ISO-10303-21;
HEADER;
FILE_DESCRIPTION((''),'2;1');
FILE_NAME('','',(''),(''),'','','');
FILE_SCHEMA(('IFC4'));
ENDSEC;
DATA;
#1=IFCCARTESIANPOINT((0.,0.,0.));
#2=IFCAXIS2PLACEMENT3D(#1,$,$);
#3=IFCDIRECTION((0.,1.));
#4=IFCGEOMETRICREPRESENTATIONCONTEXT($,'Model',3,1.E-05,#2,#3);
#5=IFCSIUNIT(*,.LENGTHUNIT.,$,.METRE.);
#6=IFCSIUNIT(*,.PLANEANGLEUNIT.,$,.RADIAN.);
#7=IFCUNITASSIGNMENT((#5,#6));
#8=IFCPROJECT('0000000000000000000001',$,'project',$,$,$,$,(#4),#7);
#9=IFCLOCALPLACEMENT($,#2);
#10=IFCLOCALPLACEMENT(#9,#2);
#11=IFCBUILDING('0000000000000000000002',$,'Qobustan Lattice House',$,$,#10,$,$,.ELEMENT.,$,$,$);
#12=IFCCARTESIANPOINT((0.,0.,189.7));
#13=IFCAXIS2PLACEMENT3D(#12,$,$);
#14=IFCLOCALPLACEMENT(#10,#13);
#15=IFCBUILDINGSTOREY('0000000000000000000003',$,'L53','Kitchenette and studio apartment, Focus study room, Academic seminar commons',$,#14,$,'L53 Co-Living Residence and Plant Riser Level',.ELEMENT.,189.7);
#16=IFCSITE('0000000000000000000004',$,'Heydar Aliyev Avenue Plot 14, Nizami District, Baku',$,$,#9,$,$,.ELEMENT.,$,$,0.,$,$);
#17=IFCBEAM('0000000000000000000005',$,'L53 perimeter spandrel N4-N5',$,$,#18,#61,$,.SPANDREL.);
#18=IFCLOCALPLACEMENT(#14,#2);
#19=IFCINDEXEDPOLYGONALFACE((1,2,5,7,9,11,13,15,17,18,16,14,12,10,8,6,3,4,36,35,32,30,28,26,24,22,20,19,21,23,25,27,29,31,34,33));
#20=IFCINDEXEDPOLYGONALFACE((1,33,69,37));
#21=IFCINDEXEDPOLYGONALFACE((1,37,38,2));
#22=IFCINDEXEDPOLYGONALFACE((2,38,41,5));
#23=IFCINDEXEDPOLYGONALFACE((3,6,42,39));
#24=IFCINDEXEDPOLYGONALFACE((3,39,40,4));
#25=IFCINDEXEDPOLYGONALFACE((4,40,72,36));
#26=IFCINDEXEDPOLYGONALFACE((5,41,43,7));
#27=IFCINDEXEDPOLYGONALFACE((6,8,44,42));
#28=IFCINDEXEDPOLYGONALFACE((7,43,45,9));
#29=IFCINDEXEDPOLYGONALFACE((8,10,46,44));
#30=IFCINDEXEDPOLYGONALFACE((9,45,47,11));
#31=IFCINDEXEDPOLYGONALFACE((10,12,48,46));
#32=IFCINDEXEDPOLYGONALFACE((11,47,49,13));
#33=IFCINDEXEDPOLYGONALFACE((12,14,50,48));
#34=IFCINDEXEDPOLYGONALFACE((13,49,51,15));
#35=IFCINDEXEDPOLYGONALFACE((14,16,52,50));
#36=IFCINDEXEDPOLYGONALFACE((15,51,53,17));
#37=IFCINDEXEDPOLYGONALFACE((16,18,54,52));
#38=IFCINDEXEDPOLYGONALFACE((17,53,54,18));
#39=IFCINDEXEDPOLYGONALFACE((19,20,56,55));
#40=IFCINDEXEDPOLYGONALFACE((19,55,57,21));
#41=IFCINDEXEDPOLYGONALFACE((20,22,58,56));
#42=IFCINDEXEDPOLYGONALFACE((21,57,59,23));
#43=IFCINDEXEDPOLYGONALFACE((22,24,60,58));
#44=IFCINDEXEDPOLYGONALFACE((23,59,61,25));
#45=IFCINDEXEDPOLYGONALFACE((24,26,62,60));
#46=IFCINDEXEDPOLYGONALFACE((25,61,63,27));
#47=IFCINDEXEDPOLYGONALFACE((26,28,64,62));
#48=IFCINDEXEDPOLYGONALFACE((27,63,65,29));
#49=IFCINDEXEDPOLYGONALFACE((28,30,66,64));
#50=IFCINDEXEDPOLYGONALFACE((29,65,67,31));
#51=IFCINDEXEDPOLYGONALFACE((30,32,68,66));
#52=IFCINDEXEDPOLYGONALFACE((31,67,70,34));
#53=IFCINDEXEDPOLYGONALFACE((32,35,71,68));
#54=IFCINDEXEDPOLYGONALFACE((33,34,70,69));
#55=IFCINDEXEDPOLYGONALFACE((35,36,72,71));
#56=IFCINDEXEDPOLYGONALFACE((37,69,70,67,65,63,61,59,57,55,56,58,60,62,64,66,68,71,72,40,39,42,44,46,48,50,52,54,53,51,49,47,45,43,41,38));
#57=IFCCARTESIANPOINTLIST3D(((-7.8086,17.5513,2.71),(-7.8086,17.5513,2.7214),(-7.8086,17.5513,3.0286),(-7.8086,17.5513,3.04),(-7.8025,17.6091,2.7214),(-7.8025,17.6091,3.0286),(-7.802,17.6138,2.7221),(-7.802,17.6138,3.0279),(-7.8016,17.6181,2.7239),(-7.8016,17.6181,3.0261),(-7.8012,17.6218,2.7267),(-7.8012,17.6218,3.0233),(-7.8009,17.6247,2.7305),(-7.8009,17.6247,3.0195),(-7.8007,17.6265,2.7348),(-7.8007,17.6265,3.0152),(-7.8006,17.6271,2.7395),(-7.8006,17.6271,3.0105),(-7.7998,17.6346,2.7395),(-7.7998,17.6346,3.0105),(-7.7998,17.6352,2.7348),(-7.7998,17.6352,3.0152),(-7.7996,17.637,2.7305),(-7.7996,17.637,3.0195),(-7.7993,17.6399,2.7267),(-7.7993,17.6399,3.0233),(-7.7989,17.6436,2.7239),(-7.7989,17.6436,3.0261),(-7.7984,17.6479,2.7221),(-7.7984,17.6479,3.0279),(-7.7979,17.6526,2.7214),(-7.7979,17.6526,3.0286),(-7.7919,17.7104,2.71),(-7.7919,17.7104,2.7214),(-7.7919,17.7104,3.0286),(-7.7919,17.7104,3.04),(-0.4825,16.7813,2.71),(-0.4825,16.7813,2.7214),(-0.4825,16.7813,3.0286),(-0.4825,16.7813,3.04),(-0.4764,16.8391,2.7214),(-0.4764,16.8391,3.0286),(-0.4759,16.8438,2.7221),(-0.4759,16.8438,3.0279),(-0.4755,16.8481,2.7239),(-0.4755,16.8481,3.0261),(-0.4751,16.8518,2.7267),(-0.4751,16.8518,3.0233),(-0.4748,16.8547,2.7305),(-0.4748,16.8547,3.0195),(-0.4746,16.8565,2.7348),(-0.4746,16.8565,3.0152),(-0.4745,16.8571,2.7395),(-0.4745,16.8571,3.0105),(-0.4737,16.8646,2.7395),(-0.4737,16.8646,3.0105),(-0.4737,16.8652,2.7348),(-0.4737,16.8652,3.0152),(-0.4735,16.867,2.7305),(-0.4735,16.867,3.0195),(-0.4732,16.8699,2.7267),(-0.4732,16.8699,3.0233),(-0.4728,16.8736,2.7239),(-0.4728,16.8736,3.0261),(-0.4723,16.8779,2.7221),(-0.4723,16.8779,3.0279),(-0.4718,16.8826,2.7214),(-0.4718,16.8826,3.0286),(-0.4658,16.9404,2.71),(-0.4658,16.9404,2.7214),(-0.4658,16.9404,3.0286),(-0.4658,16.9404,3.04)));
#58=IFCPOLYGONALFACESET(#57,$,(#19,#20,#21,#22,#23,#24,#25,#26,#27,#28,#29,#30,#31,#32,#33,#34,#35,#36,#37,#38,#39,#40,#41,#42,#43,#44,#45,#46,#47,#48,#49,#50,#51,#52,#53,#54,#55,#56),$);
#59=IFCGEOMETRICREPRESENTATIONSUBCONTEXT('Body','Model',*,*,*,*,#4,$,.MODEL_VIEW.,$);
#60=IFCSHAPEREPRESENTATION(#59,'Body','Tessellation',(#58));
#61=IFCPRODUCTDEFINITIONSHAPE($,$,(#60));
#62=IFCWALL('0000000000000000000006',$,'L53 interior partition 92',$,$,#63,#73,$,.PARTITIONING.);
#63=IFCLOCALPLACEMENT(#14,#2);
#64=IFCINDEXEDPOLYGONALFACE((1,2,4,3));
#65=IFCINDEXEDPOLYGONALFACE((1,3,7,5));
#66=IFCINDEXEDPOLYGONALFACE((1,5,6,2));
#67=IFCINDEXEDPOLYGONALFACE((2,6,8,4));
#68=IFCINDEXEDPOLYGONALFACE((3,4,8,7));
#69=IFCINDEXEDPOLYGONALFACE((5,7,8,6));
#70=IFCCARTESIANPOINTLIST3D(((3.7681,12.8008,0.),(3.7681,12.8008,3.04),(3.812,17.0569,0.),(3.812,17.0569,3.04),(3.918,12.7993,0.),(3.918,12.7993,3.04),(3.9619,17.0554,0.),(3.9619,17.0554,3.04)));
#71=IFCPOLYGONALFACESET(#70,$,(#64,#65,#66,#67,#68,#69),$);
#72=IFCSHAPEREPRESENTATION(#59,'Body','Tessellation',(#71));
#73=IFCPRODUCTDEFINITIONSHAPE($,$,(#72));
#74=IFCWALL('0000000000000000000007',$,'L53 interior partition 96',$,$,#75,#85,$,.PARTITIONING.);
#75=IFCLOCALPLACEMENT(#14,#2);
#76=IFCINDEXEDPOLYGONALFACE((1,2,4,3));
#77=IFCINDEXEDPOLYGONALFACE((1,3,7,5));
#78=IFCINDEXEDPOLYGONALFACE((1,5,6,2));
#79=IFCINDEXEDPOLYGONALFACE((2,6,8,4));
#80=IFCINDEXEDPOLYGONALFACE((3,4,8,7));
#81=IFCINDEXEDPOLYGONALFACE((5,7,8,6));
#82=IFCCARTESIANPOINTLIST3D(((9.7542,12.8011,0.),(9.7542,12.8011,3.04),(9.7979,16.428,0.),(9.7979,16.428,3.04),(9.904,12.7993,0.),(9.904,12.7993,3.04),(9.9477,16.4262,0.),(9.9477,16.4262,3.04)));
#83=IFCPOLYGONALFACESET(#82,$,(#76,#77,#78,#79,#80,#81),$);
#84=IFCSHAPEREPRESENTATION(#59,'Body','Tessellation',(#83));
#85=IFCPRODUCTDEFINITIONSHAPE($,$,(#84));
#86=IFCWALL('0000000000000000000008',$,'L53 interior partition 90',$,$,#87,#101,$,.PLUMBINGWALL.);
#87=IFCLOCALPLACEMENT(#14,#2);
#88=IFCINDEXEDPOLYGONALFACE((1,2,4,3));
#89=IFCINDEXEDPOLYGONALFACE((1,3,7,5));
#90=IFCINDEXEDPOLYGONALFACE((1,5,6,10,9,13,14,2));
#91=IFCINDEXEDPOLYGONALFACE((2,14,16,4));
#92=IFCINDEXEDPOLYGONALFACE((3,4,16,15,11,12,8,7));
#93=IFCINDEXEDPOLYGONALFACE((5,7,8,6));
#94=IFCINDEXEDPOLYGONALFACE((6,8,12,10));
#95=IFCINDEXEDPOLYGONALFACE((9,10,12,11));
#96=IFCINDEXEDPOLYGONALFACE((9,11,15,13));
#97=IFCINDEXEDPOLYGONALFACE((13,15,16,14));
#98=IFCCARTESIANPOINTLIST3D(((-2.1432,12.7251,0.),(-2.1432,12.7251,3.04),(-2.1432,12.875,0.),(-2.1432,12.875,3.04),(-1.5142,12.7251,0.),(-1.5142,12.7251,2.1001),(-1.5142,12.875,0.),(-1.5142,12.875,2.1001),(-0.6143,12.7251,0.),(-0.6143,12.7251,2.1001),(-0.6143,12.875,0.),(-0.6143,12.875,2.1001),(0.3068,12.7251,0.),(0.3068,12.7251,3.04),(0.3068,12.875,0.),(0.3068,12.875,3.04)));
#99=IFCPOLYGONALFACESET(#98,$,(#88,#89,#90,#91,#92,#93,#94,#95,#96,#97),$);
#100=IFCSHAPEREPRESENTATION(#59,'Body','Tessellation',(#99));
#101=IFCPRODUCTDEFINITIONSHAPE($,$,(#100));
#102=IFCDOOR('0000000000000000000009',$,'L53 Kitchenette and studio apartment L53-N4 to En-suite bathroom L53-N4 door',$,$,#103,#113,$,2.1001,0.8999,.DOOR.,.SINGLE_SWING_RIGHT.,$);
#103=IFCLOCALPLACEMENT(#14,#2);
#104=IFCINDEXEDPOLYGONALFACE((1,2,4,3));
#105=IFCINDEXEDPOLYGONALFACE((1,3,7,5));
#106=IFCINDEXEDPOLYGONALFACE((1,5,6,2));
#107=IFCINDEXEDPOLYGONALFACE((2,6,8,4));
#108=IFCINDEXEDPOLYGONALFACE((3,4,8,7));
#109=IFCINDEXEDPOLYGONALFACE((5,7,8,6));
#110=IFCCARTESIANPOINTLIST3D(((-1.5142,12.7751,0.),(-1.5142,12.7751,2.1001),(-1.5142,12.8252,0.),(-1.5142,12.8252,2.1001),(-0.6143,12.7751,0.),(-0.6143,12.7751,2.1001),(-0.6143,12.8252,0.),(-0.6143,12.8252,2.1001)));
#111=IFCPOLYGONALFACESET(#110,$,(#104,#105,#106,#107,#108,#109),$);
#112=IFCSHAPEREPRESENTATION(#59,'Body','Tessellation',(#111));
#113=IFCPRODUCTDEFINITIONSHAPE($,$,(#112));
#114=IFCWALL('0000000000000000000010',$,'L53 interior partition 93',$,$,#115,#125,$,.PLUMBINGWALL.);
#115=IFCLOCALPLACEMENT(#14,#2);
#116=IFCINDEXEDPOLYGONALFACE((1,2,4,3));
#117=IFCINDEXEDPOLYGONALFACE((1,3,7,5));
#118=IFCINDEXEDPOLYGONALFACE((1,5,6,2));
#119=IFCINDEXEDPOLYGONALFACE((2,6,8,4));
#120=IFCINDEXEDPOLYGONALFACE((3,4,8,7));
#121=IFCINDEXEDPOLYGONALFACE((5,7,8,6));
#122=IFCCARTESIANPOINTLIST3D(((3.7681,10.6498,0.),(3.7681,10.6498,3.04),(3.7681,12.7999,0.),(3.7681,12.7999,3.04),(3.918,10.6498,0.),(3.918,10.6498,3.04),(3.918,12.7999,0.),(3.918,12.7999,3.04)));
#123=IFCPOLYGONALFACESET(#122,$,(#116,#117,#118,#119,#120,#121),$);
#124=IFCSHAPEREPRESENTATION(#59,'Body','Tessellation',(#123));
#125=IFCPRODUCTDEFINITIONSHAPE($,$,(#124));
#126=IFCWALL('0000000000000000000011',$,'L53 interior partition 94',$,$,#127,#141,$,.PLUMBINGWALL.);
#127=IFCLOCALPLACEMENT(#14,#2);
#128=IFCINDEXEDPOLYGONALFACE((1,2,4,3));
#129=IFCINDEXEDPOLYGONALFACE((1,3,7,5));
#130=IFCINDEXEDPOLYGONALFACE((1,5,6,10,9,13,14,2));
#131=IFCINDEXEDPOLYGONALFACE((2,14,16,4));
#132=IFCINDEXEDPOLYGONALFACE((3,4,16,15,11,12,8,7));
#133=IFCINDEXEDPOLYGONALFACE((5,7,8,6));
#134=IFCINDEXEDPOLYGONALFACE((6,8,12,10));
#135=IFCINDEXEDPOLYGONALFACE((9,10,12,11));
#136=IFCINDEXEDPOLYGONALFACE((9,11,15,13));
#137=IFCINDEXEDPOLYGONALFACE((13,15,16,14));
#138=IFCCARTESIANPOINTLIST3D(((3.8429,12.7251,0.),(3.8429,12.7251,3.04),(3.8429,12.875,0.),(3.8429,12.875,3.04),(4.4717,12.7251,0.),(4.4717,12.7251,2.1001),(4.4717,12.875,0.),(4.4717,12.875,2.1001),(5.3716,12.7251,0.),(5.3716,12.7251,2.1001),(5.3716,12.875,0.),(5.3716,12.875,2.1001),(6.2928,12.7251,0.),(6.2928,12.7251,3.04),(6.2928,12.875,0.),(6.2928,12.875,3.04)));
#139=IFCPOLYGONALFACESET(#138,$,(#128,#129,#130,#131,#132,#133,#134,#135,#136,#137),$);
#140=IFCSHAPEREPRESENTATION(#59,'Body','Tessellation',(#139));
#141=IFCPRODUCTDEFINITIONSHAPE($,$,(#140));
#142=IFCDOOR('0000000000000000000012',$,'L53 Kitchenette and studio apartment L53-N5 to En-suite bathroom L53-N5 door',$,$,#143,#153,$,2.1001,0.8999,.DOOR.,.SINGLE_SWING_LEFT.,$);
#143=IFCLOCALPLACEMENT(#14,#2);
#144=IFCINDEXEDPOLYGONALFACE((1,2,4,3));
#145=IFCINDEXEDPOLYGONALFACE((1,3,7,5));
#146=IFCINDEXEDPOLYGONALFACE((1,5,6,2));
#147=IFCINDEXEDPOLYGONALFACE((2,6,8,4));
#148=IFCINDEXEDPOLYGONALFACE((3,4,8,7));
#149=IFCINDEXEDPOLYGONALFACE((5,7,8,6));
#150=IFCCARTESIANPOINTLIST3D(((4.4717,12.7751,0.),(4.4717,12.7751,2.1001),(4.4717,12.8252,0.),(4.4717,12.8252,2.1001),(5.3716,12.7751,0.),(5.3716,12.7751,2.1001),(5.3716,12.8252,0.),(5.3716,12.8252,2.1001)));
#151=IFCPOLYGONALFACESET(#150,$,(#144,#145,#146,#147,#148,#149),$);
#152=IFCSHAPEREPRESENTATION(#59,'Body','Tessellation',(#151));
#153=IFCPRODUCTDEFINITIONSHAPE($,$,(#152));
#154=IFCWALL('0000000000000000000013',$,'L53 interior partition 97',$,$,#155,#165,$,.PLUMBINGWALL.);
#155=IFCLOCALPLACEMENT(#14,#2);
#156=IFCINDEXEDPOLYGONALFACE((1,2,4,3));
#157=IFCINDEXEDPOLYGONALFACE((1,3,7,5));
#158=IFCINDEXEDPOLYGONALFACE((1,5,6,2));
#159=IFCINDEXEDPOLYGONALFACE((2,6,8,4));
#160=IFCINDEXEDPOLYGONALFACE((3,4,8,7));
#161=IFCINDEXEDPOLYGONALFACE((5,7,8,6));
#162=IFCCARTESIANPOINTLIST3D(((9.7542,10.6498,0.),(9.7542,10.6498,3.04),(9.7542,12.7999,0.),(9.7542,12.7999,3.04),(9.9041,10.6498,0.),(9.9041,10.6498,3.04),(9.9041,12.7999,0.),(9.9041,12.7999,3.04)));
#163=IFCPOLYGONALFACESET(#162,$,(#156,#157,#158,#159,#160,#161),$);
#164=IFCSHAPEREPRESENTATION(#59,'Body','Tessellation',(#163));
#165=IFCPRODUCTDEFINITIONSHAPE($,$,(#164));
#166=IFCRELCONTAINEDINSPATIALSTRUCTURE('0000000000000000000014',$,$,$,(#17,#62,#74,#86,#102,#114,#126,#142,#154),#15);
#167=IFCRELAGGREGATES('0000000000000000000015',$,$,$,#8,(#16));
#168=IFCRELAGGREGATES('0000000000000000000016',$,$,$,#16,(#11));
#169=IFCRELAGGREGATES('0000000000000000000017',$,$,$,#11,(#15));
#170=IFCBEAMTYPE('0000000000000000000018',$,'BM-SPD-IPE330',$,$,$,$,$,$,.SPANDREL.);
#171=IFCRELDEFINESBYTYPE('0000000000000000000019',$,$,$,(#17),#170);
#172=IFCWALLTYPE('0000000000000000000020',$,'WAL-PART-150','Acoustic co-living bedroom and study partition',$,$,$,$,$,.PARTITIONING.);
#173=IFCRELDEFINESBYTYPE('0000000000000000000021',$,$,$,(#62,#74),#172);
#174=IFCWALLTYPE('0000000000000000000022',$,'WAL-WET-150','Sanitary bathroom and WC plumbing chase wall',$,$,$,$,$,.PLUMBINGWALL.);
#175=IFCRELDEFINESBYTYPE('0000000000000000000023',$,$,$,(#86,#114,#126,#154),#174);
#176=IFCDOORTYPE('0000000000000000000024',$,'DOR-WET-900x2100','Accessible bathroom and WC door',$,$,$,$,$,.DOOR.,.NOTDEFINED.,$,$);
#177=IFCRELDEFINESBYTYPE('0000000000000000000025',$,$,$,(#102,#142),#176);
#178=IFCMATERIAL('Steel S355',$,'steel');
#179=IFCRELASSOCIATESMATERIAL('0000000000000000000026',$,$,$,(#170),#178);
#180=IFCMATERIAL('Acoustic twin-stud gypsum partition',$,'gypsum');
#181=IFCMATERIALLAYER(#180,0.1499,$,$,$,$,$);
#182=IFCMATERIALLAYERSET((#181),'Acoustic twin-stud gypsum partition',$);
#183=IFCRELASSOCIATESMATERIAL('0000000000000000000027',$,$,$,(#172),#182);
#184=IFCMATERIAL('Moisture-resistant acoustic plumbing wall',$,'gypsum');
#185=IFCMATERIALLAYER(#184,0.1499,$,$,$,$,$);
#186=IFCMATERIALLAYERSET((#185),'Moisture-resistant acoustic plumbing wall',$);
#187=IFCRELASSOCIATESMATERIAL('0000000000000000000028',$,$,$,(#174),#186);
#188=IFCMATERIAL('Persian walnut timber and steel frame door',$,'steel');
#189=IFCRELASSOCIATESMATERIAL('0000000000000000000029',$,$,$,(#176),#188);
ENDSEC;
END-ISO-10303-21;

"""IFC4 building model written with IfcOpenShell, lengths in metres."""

from ifc_helpers import new_model, si_unit, direction, frame, frame_2d, origin, origin_2d, place, context, subcontext, project, spatial, rectangle, i_section, extrude, material, layer, layer_set, material_profile, profile_set, type_object, element, fill, save


model = new_model("IFC4")

# Units and contexts
model_context = context("Model", 3, precision=1e-05, world=origin(), true_north=direction((0.0, 1.0)))
body_context = subcontext(model_context, "Body", "Model", "MODEL_VIEW")
ifc_project = project(units=[si_unit("LENGTHUNIT", "METRE"), si_unit("PLANEANGLEUNIT", "RADIAN")], contexts=[model_context])

# Site, building, storey
site_placement = place(None, origin())
site = spatial("IfcSite", under=ifc_project, at=site_placement, Name="Heydar Aliyev Avenue Plot 14, Nizami District, Baku", CompositionType="ELEMENT", RefElevation=0.0)
building_placement = place(site_placement, origin())
building = spatial("IfcBuilding", under=site, at=building_placement, Name="Qobustan Lattice House", CompositionType="ELEMENT")
storey_placement = place(building_placement, frame((0.0, 0.0, 189.7)))
storey = spatial("IfcBuildingStorey", under=building, at=storey_placement, Name="L53", Description="Kitchenette and studio apartment, Focus study room, Academic seminar commons", LongName="L53 Co-Living Residence and Plant Riser Level", CompositionType="ELEMENT", Elevation=189.7)

# Beam
ifc_material_1 = material(Name="Steel S355", Category="steel")
ifc_material_profile_1 = material_profile(ifc_material_1, i_section(OverallWidth=0.1599, OverallDepth=0.3301, WebThickness=0.0076, FlangeThickness=0.0115, FilletRadius=0.0181, at=origin_2d()), Name="IPE330")
ifc_profile_set_1 = profile_set([ifc_material_profile_1], Name="Steel S355")
beam_type_1 = type_object("IfcBeamType", Name="BM-SPD-IPE330", PredefinedType="SPANDREL", material=ifc_profile_set_1)
beam_1_placement = place(storey_placement, frame((-0.4741, 16.8608, 2.875), z_axis=(-0.994522, 0.10453, 0.0), x_axis=(-0.10453, -0.994522, 0.0)))
element("IfcBeam", 1, at=beam_1_placement, inside=storey, type_object=beam_type_1, Name="L53 perimeter spandrel N4-N5", PredefinedType="SPANDREL", context=body_context, shape_type="SweptSolid", body=[
    extrude(i_section(OverallWidth=0.1599, OverallDepth=0.3301, WebThickness=0.0076, FlangeThickness=0.0115, FilletRadius=0.0181, at=origin_2d()), origin(), (0.0, 0.0, 1.0), 7.3665),
])

# Walls
ifc_material_2 = material(Name="Acoustic twin-stud gypsum partition", Category="gypsum")
ifc_layer_1 = layer(ifc_material_2, 0.1499)
ifc_layer_set_1 = layer_set([ifc_layer_1], Name="Acoustic twin-stud gypsum partition")
wall_type_1 = type_object("IfcWallType", Name="WAL-PART-150", Description="Acoustic co-living bedroom and study partition", PredefinedType="PARTITIONING", material=ifc_layer_set_1)
wall_1_placement = place(storey_placement, frame((3.887, 17.0562, 0.0), z_axis=(0.0, 0.0, 1.0), x_axis=(-0.010325, -0.999947, 0.0)))
element("IfcWall", 2, at=wall_1_placement, inside=storey, type_object=wall_type_1, Name="L53 interior partition 92", PredefinedType="PARTITIONING", context=body_context, shape_type="SweptSolid", body=[
    extrude(rectangle(XDim=4.2563, YDim=0.1499, at=frame_2d((2.1282, 0.0))), origin(), (0.0, 0.0, 1.0), 3.04),
])
wall_2_placement = place(storey_placement, frame((9.8728, 16.427, 0.0), z_axis=(0.0, 0.0, 1.0), x_axis=(-0.012048, -0.999927, 0.0)))
element("IfcWall", 3, at=wall_2_placement, inside=storey, type_object=wall_type_1, Name="L53 interior partition 96", PredefinedType="PARTITIONING", context=body_context, shape_type="SweptSolid", body=[
    extrude(rectangle(XDim=3.6272, YDim=0.1499, at=frame_2d((1.8135, 0.0))), origin(), (0.0, 0.0, 1.0), 3.04),
])

# Wall, opening, door
ifc_material_3 = material(Name="Moisture-resistant acoustic plumbing wall", Category="gypsum")
ifc_layer_2 = layer(ifc_material_3, 0.1499)
ifc_layer_set_2 = layer_set([ifc_layer_2], Name="Moisture-resistant acoustic plumbing wall")
wall_type_2 = type_object("IfcWallType", Name="WAL-WET-150", Description="Sanitary bathroom and WC plumbing chase wall", PredefinedType="PLUMBINGWALL", material=ifc_layer_set_2)
wall_3_placement = place(storey_placement, frame((0.3069, 12.8, 0.0), z_axis=(0.0, 0.0, 1.0), x_axis=(-1.0, 0.0, 0.0)))
wall_3 = element("IfcWall", 4, at=wall_3_placement, inside=storey, type_object=wall_type_2, Name="L53 interior partition 90", PredefinedType="PLUMBINGWALL", context=body_context, shape_type="SweptSolid", body=[
    extrude(rectangle(XDim=2.45, YDim=0.1499, at=frame_2d((1.2251, 0.0))), origin(), (0.0, 0.0, 1.0), 3.04),
])
opening_1_placement = place(wall_3_placement, frame((0.9211, 0.0, 0.0)))
opening_1 = element("IfcOpeningElement", 5, at=opening_1_placement, cuts=wall_3, PredefinedType="OPENING", context=body_context, shape_type="SweptSolid", body=[
    extrude(rectangle(XDim=0.8999, YDim=2.1001, at=frame_2d((0.45, 1.05))), frame((0.0, 0.085, 0.0), z_axis=(0.0, -1.0, 0.0), x_axis=(1.0, 0.0, 0.0)), (0.0, 0.0, 1.0), 0.1699),
])
ifc_material_4 = material(Name="Persian walnut timber and steel frame door", Category="steel")
door_type = type_object("IfcDoorType", Name="DOR-WET-900x2100", Description="Accessible bathroom and WC door", OperationType="NOTDEFINED", PredefinedType="DOOR", material=ifc_material_4)
door_1_placement = place(opening_1_placement, origin())
door_1 = element("IfcDoor", 6, at=door_1_placement, inside=storey, type_object=door_type, Name="L53 Kitchenette and studio apartment L53-N4 to En-suite bathroom L53-N4 door", OperationType="SINGLE_SWING_RIGHT", OverallHeight=2.1001, OverallWidth=0.8999, PredefinedType="DOOR", context=body_context, shape_type="SweptSolid", body=[
    extrude(rectangle(XDim=0.8999, YDim=2.1001, at=frame_2d((0.45, 1.05))), frame((0.0, 0.0249, 0.0), z_axis=(0.0, -1.0, 0.0), x_axis=(1.0, 0.0, 0.0)), (0.0, 0.0, 1.0), 0.05),
])
fill(opening_1, door_1)

# Wall
wall_4_placement = place(storey_placement, frame((3.843, 12.8, 0.0), z_axis=(0.0, 0.0, 1.0), x_axis=(0.0, -1.0, 0.0)))
element("IfcWall", 7, at=wall_4_placement, inside=storey, type_object=wall_type_2, Name="L53 interior partition 93", PredefinedType="PLUMBINGWALL", context=body_context, shape_type="SweptSolid", body=[
    extrude(rectangle(XDim=2.1501, YDim=0.1499, at=frame_2d((1.0752, 0.0))), origin(), (0.0, 0.0, 1.0), 3.04),
])

# Wall, opening, door
wall_5_placement = place(storey_placement, frame((6.293, 12.8, 0.0), z_axis=(0.0, 0.0, 1.0), x_axis=(-1.0, 0.0, 0.0)))
wall_5 = element("IfcWall", 8, at=wall_5_placement, inside=storey, type_object=wall_type_2, Name="L53 interior partition 94", PredefinedType="PLUMBINGWALL", context=body_context, shape_type="SweptSolid", body=[
    extrude(rectangle(XDim=2.45, YDim=0.1499, at=frame_2d((1.2251, 0.0))), origin(), (0.0, 0.0, 1.0), 3.04),
])
opening_2_placement = place(wall_5_placement, frame((0.9214, 0.0, 0.0)))
opening_2 = element("IfcOpeningElement", 9, at=opening_2_placement, cuts=wall_5, PredefinedType="OPENING", context=body_context, shape_type="SweptSolid", body=[
    extrude(rectangle(XDim=0.8999, YDim=2.1001, at=frame_2d((0.45, 1.05))), frame((0.0, 0.085, 0.0), z_axis=(0.0, -1.0, 0.0), x_axis=(1.0, 0.0, 0.0)), (0.0, 0.0, 1.0), 0.1699),
])
door_2_placement = place(opening_2_placement, origin())
door_2 = element("IfcDoor", 10, at=door_2_placement, inside=storey, type_object=door_type, Name="L53 Kitchenette and studio apartment L53-N5 to En-suite bathroom L53-N5 door", OperationType="SINGLE_SWING_LEFT", OverallHeight=2.1001, OverallWidth=0.8999, PredefinedType="DOOR", context=body_context, shape_type="SweptSolid", body=[
    extrude(rectangle(XDim=0.8999, YDim=2.1001, at=frame_2d((0.45, 1.05))), frame((0.0, 0.0249, 0.0), z_axis=(0.0, -1.0, 0.0), x_axis=(1.0, 0.0, 0.0)), (0.0, 0.0, 1.0), 0.05),
])
fill(opening_2, door_2)

# Wall
wall_6_placement = place(storey_placement, frame((9.8291, 12.8, 0.0), z_axis=(0.0, 0.0, 1.0), x_axis=(0.0, -1.0, 0.0)))
element("IfcWall", 11, at=wall_6_placement, inside=storey, type_object=wall_type_2, Name="L53 interior partition 97", PredefinedType="PLUMBINGWALL", context=body_context, shape_type="SweptSolid", body=[
    extrude(rectangle(XDim=2.1501, YDim=0.1499, at=frame_2d((1.0752, 0.0))), origin(), (0.0, 0.0, 1.0), 3.04),
])

save(model, "model.ifc")
